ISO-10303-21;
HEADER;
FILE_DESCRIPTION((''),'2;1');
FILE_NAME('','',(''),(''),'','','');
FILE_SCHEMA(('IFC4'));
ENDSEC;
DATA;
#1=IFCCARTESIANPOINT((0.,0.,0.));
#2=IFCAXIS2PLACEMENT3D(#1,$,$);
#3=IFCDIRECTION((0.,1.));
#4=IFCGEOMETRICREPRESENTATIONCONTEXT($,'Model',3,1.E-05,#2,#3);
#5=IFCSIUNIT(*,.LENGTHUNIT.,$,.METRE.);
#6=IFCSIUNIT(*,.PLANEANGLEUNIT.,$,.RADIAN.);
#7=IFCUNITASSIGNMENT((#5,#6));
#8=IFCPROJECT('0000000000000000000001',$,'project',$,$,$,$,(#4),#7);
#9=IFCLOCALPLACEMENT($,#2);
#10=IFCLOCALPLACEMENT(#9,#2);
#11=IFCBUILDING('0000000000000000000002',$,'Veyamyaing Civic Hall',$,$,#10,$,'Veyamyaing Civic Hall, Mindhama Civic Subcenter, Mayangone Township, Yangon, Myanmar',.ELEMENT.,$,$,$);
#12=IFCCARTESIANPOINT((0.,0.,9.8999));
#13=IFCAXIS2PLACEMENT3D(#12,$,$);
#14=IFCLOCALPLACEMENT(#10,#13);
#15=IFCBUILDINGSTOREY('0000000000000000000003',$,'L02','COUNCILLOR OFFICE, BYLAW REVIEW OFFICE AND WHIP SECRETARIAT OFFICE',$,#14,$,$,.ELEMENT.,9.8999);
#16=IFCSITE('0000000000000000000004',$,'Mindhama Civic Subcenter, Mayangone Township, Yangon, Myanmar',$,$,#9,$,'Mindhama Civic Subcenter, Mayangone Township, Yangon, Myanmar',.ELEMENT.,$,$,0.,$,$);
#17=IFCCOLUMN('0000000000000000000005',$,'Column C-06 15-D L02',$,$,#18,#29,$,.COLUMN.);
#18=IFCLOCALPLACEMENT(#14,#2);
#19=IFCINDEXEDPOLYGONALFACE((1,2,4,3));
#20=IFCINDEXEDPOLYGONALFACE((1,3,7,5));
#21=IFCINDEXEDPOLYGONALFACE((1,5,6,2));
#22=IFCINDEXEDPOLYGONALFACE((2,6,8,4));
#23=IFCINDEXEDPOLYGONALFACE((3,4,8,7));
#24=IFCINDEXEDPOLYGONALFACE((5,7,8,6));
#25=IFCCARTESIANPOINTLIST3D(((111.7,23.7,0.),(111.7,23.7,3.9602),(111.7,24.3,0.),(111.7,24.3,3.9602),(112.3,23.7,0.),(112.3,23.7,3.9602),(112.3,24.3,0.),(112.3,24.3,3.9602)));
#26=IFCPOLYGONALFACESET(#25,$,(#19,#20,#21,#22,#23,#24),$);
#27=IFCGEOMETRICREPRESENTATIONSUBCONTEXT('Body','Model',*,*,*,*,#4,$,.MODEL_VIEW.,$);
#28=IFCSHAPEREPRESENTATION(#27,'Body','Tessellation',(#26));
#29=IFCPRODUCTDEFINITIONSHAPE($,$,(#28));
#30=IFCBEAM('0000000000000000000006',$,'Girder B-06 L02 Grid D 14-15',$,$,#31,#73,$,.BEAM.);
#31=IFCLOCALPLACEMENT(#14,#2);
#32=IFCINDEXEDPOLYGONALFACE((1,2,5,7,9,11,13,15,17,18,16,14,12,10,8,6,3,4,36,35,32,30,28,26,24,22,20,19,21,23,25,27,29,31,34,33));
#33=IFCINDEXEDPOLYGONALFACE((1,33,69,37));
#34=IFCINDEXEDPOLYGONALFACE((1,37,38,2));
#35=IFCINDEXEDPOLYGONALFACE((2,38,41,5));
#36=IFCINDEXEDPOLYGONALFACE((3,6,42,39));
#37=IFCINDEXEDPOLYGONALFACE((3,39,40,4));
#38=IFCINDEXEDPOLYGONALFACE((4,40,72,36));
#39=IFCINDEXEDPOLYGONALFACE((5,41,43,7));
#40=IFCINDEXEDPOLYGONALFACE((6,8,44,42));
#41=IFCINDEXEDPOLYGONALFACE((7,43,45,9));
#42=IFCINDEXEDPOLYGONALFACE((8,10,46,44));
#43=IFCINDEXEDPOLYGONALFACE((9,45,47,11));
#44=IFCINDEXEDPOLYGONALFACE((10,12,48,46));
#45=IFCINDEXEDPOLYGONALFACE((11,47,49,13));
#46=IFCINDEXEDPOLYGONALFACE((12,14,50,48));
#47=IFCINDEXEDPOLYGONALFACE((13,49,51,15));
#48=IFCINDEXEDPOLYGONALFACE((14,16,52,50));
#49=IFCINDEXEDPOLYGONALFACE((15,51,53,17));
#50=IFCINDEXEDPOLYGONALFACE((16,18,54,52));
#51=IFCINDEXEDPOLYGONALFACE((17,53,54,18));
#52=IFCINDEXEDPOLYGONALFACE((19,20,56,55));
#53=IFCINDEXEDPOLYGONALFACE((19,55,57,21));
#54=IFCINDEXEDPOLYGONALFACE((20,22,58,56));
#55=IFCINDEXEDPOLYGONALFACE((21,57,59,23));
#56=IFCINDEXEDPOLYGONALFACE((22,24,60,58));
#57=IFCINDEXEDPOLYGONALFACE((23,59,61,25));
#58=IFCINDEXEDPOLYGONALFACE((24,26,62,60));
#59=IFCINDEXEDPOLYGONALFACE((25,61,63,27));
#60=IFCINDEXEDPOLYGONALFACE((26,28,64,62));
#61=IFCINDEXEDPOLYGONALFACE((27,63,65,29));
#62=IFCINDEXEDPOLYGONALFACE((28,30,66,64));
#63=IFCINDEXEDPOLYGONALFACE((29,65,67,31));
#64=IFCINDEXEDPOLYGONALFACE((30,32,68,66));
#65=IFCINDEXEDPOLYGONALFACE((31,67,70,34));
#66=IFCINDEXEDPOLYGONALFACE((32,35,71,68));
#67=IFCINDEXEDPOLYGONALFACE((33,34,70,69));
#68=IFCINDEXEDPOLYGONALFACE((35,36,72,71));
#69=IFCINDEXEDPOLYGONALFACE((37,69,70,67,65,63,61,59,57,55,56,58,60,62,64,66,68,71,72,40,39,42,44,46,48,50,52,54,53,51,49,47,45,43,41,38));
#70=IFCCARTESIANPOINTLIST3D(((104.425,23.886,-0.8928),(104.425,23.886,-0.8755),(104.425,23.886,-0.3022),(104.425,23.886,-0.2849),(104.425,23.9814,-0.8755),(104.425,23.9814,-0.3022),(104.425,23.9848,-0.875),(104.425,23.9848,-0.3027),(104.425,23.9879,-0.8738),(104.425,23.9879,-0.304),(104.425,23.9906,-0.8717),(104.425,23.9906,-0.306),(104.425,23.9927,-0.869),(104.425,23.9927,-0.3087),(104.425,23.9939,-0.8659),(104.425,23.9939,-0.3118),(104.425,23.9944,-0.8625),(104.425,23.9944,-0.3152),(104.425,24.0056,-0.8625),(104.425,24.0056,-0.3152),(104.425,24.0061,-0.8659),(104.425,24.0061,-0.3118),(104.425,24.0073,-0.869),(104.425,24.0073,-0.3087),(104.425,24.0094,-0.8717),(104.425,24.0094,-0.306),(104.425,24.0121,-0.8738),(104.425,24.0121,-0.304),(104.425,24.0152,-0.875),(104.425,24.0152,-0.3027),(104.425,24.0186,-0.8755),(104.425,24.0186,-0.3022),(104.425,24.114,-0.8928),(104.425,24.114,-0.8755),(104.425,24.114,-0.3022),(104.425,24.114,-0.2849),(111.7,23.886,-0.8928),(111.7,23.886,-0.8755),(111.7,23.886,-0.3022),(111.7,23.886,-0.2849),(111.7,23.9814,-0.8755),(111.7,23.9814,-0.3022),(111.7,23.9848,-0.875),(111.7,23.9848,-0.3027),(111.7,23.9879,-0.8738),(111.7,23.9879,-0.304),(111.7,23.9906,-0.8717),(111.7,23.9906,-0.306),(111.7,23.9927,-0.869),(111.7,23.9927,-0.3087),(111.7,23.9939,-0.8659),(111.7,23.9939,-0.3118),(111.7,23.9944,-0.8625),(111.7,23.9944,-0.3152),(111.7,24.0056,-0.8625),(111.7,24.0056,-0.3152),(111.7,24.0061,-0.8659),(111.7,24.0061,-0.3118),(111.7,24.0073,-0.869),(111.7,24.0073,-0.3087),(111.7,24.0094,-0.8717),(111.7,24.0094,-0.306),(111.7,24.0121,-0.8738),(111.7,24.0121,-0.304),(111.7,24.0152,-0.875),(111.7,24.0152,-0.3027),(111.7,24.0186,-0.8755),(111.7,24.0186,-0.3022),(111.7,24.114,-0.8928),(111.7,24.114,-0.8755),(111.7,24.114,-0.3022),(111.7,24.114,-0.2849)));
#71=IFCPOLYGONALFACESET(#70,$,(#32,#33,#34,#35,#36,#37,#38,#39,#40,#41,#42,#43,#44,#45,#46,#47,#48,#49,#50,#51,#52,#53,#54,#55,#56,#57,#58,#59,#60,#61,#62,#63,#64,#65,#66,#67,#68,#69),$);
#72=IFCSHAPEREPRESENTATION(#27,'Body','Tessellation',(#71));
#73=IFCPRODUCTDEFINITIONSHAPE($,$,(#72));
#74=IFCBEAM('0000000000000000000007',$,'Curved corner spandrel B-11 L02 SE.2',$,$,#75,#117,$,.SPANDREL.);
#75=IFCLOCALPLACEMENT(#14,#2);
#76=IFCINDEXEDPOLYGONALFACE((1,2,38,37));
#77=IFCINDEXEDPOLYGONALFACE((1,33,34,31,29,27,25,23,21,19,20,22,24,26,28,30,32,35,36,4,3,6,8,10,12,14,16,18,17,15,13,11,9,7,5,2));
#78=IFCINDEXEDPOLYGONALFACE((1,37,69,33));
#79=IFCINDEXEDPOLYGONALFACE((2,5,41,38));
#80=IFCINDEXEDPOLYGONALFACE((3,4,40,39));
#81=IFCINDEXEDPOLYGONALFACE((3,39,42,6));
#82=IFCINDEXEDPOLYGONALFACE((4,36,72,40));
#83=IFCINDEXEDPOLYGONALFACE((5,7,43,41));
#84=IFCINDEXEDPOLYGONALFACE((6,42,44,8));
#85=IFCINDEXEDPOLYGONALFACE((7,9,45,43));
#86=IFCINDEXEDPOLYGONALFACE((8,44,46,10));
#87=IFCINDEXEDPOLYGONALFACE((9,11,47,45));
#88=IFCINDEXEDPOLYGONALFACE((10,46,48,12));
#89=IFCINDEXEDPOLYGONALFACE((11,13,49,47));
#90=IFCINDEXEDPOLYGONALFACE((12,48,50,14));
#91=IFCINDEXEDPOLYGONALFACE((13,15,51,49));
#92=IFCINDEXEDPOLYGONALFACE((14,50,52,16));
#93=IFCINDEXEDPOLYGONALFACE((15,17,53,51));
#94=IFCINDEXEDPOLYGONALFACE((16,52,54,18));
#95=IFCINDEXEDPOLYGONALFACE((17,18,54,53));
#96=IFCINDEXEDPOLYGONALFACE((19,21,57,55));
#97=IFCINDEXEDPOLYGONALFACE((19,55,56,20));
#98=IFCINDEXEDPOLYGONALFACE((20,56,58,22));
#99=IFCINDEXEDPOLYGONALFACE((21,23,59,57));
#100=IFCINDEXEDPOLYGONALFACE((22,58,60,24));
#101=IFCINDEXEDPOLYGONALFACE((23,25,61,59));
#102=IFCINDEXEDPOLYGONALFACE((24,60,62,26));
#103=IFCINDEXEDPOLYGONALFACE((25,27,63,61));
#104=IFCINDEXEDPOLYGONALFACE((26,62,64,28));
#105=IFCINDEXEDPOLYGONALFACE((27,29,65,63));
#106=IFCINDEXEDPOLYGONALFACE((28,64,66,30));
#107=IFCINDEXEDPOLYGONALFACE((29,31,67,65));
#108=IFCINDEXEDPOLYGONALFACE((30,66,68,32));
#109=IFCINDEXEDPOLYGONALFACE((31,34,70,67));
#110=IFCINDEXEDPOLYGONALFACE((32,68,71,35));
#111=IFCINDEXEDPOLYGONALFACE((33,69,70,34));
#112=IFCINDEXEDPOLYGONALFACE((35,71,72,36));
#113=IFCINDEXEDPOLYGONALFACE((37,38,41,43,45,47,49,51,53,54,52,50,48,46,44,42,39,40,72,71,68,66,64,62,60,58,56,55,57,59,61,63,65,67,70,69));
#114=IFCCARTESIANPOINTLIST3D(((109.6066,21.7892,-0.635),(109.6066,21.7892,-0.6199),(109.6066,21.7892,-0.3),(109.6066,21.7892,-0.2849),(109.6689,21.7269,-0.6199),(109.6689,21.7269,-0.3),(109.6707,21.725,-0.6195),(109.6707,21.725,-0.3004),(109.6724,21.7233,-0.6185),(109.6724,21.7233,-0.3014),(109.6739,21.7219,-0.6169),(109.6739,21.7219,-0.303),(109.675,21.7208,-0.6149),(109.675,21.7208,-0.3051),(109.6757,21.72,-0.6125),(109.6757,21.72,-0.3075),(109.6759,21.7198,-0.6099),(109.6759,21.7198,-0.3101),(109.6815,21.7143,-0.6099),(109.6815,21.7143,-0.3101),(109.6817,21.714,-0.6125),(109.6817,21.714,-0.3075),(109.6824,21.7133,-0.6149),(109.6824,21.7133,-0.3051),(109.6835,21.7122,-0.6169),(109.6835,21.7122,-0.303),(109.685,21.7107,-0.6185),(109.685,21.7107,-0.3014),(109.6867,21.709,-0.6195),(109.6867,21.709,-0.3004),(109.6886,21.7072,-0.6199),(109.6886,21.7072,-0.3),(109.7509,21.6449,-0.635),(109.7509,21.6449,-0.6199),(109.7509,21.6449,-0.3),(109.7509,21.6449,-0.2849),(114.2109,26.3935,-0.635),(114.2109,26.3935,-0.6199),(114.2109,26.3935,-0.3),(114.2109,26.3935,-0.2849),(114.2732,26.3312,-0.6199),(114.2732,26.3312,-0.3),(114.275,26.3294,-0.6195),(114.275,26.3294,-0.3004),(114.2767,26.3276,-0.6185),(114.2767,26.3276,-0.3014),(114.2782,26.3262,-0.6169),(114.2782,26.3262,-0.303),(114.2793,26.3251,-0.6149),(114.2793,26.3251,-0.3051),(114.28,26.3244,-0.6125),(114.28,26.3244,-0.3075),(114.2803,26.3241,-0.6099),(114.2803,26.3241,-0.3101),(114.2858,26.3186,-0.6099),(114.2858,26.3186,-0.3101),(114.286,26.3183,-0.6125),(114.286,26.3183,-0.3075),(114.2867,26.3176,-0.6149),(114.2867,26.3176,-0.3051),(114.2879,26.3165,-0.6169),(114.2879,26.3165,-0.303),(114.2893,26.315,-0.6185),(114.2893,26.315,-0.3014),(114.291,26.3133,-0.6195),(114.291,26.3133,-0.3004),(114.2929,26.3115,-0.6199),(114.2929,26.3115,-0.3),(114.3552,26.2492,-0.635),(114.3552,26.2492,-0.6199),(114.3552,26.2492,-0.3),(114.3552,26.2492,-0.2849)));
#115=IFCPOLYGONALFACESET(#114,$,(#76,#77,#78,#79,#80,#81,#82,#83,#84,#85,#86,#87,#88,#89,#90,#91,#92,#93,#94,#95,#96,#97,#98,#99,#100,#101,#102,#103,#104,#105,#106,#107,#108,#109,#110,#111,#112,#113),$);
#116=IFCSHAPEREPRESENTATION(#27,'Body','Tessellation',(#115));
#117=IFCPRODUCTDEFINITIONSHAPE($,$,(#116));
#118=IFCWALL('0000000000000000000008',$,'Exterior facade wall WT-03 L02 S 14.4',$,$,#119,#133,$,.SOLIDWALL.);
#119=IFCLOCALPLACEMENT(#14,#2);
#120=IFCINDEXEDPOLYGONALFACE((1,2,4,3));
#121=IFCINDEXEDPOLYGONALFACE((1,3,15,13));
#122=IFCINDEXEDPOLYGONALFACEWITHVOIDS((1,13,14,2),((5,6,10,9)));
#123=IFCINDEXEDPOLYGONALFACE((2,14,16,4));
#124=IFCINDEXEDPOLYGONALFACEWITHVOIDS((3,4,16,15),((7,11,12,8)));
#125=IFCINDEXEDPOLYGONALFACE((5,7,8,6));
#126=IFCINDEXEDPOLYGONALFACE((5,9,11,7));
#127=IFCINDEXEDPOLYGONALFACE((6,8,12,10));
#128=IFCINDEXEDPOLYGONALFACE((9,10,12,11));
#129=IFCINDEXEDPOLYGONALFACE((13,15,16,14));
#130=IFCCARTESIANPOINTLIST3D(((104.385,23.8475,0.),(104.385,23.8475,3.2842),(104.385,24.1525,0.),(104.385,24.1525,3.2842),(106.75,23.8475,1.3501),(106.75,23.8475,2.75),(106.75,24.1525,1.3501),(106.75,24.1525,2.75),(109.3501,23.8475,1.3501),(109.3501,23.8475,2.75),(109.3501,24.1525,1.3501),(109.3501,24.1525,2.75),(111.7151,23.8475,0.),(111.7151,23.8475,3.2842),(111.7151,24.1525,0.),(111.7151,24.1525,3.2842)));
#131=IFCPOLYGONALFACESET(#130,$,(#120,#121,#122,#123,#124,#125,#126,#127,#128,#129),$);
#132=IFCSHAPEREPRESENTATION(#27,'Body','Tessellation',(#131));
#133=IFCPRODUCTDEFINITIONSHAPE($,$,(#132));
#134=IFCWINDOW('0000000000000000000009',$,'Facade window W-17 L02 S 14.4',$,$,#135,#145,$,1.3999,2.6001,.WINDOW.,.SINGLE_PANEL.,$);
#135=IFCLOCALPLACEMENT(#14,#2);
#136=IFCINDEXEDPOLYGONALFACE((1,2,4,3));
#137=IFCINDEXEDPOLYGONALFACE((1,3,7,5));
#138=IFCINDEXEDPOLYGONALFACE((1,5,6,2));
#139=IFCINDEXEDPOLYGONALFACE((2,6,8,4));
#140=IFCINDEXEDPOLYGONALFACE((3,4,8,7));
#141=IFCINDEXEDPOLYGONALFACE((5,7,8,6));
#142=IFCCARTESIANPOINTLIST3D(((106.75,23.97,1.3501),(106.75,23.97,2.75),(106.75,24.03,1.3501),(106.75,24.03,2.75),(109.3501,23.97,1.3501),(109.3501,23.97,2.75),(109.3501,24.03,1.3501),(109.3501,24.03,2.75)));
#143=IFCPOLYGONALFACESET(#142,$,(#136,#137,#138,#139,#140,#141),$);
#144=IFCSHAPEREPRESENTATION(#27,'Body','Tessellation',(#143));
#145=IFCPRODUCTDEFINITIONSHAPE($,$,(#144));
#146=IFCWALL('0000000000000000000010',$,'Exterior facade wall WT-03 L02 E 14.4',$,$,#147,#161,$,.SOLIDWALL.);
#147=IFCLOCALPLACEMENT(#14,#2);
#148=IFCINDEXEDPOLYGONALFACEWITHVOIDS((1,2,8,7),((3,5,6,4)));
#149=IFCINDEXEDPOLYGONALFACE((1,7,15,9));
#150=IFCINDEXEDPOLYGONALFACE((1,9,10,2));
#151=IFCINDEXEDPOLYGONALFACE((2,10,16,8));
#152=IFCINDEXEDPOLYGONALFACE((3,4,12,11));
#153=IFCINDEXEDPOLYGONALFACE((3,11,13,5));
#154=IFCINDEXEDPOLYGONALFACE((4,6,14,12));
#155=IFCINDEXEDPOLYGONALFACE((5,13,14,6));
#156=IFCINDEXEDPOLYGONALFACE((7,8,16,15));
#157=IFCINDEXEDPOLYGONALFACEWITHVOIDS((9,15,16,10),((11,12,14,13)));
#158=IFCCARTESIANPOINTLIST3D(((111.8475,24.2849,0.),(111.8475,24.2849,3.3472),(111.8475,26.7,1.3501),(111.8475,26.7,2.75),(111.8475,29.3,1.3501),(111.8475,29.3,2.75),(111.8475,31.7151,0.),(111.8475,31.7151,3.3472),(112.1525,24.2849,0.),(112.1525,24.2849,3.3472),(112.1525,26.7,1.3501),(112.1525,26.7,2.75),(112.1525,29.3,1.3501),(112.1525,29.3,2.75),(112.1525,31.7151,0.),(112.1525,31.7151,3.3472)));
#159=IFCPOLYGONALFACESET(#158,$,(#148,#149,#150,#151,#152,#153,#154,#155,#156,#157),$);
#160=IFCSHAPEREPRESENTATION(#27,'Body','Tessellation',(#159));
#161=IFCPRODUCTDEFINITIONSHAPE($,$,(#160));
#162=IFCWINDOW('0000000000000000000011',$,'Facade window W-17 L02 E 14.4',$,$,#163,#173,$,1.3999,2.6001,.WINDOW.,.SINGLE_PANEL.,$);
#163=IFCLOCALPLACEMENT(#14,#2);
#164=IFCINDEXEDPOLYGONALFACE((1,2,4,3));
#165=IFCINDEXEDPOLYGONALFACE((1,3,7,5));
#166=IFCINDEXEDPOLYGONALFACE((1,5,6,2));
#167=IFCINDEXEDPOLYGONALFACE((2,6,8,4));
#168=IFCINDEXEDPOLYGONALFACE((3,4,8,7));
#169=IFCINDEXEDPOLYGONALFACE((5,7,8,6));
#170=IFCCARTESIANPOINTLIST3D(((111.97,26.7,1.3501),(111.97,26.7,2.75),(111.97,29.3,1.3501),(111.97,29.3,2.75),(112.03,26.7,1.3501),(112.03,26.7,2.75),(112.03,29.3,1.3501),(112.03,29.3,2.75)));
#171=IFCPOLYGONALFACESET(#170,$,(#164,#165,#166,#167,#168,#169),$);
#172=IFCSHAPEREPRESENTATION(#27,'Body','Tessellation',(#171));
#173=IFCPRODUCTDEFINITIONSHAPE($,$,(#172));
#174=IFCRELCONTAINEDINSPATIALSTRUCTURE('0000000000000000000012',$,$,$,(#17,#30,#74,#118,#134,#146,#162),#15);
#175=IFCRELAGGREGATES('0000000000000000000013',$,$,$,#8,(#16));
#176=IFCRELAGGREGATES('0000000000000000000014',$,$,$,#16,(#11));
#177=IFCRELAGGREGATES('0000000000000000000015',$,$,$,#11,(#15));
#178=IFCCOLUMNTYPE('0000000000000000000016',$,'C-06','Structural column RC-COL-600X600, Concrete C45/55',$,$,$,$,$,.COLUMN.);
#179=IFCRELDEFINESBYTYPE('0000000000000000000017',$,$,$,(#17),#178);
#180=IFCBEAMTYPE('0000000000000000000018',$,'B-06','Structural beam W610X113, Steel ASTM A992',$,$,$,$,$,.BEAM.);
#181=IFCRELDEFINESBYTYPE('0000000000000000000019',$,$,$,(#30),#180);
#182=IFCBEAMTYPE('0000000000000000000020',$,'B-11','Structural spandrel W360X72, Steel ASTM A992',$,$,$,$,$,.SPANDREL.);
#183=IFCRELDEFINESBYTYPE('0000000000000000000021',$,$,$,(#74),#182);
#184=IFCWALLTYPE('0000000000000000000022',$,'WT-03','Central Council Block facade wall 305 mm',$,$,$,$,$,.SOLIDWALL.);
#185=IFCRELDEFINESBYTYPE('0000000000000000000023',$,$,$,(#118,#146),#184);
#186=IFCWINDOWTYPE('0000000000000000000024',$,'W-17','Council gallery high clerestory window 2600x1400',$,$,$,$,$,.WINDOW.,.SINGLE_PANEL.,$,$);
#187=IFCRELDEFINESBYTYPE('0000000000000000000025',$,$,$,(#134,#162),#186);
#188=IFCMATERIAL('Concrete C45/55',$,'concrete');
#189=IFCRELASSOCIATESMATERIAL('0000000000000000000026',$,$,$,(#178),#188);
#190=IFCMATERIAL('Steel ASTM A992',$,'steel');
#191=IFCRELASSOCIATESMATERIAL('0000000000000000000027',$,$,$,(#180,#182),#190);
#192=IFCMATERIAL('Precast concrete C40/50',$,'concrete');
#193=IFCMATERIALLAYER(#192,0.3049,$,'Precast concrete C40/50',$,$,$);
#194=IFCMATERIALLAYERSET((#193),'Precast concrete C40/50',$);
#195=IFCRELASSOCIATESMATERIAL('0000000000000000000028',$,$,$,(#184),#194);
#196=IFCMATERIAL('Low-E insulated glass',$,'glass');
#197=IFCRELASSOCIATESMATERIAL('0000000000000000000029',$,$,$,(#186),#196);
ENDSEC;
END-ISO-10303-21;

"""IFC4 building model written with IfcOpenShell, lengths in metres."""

from ifc_helpers import new_model, si_unit, direction, frame, frame_2d, origin, origin_2d, place, context, subcontext, project, spatial, rectangle, i_section, extrude, material, layer, layer_set, material_profile, profile_set, type_object, element, fill, save


model = new_model("IFC4")

# Units and contexts
model_context = context("Model", 3, precision=1e-05, world=origin(), true_north=direction((0.0, 1.0)))
body_context = subcontext(model_context, "Body", "Model", "MODEL_VIEW")
ifc_project = project(units=[si_unit("LENGTHUNIT", "METRE"), si_unit("PLANEANGLEUNIT", "RADIAN")], contexts=[model_context])

# Site, building, storey
site_placement = place(None, origin())
site = spatial("IfcSite", under=ifc_project, at=site_placement, Name="Mindhama Civic Subcenter, Mayangone Township, Yangon, Myanmar", LongName="Mindhama Civic Subcenter, Mayangone Township, Yangon, Myanmar", CompositionType="ELEMENT", RefElevation=0.0)
building_placement = place(site_placement, origin())
building = spatial("IfcBuilding", under=site, at=building_placement, Name="Veyamyaing Civic Hall", LongName="Veyamyaing Civic Hall, Mindhama Civic Subcenter, Mayangone Township, Yangon, Myanmar", CompositionType="ELEMENT")
storey_placement = place(building_placement, frame((0.0, 0.0, 9.8999)))
storey = spatial("IfcBuildingStorey", under=building, at=storey_placement, Name="L02", Description="COUNCILLOR OFFICE, BYLAW REVIEW OFFICE AND WHIP SECRETARIAT OFFICE", CompositionType="ELEMENT", Elevation=9.8999)

# Column
ifc_material_1 = material(Name="Concrete C45/55", Category="concrete")
ifc_material_profile_1 = material_profile(ifc_material_1, rectangle(XDim=0.6001, YDim=0.6001, at=origin_2d()), Name="RC-COL-600X600")
ifc_profile_set_1 = profile_set([ifc_material_profile_1], Name="Concrete C45/55")
column_type = type_object("IfcColumnType", Name="C-06", Description="Structural column RC-COL-600X600, Concrete C45/55", PredefinedType="COLUMN", material=ifc_profile_set_1)
column_placement = place(storey_placement, frame((112.0, 24.0, 0.0), z_axis=(0.0, 0.0, 1.0), x_axis=(1.0, 0.0, 0.0)))
element("IfcColumn", 1, at=column_placement, inside=storey, type_object=column_type, Name="Column C-06 15-D L02", PredefinedType="COLUMN", context=body_context, shape_type="SweptSolid", body=[
    extrude(rectangle(XDim=0.6001, YDim=0.6001, at=origin_2d()), origin(), (0.0, 0.0, 1.0), 3.9602),
])

# Beams
ifc_material_2 = material(Name="Steel ASTM A992", Category="steel")
ifc_material_profile_2 = material_profile(ifc_material_2, i_section(OverallWidth=0.228, OverallDepth=0.6079, WebThickness=0.0112, FlangeThickness=0.0173, FilletRadius=0.0129, at=origin_2d()), Name="W610X113")
ifc_profile_set_2 = profile_set([ifc_material_profile_2], Name="Steel ASTM A992")
beam_type_1 = type_object("IfcBeamType", Name="B-06", Description="Structural beam W610X113, Steel ASTM A992", PredefinedType="BEAM", material=ifc_profile_set_2)
beam_1_placement = place(storey_placement, frame((104.425, 24.0, -0.5889), z_axis=(1.0, 0.0, 0.0), x_axis=(0.0, 1.0, 0.0)))
element("IfcBeam", 2, at=beam_1_placement, inside=storey, type_object=beam_type_1, Name="Girder B-06 L02 Grid D 14-15", PredefinedType="BEAM", context=body_context, shape_type="SweptSolid", body=[
    extrude(i_section(OverallWidth=0.228, OverallDepth=0.6079, WebThickness=0.0112, FlangeThickness=0.0173, FilletRadius=0.0129, at=origin_2d()), origin(), (0.0, 0.0, 1.0), 7.2749),
])
ifc_material_profile_3 = material_profile(ifc_material_2, i_section(OverallWidth=0.2041, OverallDepth=0.3501, WebThickness=0.0078, FlangeThickness=0.0151, FilletRadius=0.01, at=origin_2d()), Name="W360X72")
ifc_profile_set_3 = profile_set([ifc_material_profile_3], Name="Steel ASTM A992")
beam_type_2 = type_object("IfcBeamType", Name="B-11", Description="Structural spandrel W360X72, Steel ASTM A992", PredefinedType="SPANDREL", material=ifc_profile_set_3)
beam_2_placement = place(storey_placement, frame((109.6787, 21.717, -0.46), z_axis=(0.707107, 0.707107, 0.0), x_axis=(-0.707107, 0.707107, 0.0)))
element("IfcBeam", 3, at=beam_2_placement, inside=storey, type_object=beam_type_2, Name="Curved corner spandrel B-11 L02 SE.2", PredefinedType="SPANDREL", context=body_context, shape_type="SweptSolid", body=[
    extrude(i_section(OverallWidth=0.2041, OverallDepth=0.3501, WebThickness=0.0078, FlangeThickness=0.0151, FilletRadius=0.01, at=origin_2d()), origin(), (0.0, 0.0, 1.0), 6.5115),
])

# Walls, openings, windows
ifc_material_3 = material(Name="Precast concrete C40/50", Category="concrete")
ifc_layer_1 = layer(ifc_material_3, 0.3049, Name="Precast concrete C40/50")
ifc_layer_set_1 = layer_set([ifc_layer_1], Name="Precast concrete C40/50")
wall_type = type_object("IfcWallType", Name="WT-03", Description="Central Council Block facade wall 305 mm", PredefinedType="SOLIDWALL", material=ifc_layer_set_1)
wall_1_placement = place(storey_placement, frame((104.385, 24.0, 0.0), z_axis=(0.0, 0.0, 1.0), x_axis=(1.0, 0.0, 0.0)))
wall_1 = element("IfcWall", 4, at=wall_1_placement, inside=storey, type_object=wall_type, Name="Exterior facade wall WT-03 L02 S 14.4", PredefinedType="SOLIDWALL", context=body_context, shape_type="SweptSolid", body=[
    extrude(rectangle(XDim=7.3301, YDim=0.3049, at=frame_2d((3.665, 0.0))), origin(), (0.0, 0.0, 1.0), 3.2842),
])
opening_1_placement = place(wall_1_placement, frame((2.365, 0.0, 1.3501)))
opening_1 = element("IfcOpeningElement", 5, at=opening_1_placement, cuts=wall_1, PredefinedType="OPENING", context=body_context, shape_type="SweptSolid", body=[
    extrude(rectangle(XDim=2.6001, YDim=1.3999, at=frame_2d((1.3, 0.7))), frame((0.0, 0.1624, 0.0), z_axis=(0.0, -1.0, 0.0), x_axis=(1.0, 0.0, 0.0)), (0.0, 0.0, 1.0), 0.325),
])
ifc_material_4 = material(Name="Low-E insulated glass", Category="glass")
window_type = type_object("IfcWindowType", Name="W-17", Description="Council gallery high clerestory window 2600x1400", PartitioningType="SINGLE_PANEL", PredefinedType="WINDOW", material=ifc_material_4)
window_1_placement = place(opening_1_placement, origin())
window_1 = element("IfcWindow", 6, at=window_1_placement, inside=storey, type_object=window_type, Name="Facade window W-17 L02 S 14.4", OverallHeight=1.3999, OverallWidth=2.6001, PartitioningType="SINGLE_PANEL", PredefinedType="WINDOW", context=body_context, shape_type="SweptSolid", body=[
    extrude(rectangle(XDim=2.6001, YDim=1.3999, at=frame_2d((1.3, 0.7))), frame((0.0, 0.03, 0.0), z_axis=(0.0, -1.0, 0.0), x_axis=(1.0, 0.0, 0.0)), (0.0, 0.0, 1.0), 0.0601),
])
fill(opening_1, window_1)
wall_2_placement = place(storey_placement, frame((112.0, 24.2849, 0.0), z_axis=(0.0, 0.0, 1.0), x_axis=(0.0, 1.0, 0.0)))
wall_2 = element("IfcWall", 7, at=wall_2_placement, inside=storey, type_object=wall_type, Name="Exterior facade wall WT-03 L02 E 14.4", PredefinedType="SOLIDWALL", context=body_context, shape_type="SweptSolid", body=[
    extrude(rectangle(XDim=7.4302, YDim=0.3049, at=frame_2d((3.7151, 0.0))), origin(), (0.0, 0.0, 1.0), 3.3472),
])
opening_2_placement = place(wall_2_placement, frame((2.415, 0.0, 1.3501)))
opening_2 = element("IfcOpeningElement", 8, at=opening_2_placement, cuts=wall_2, PredefinedType="OPENING", context=body_context, shape_type="SweptSolid", body=[
    extrude(rectangle(XDim=2.6001, YDim=1.3999, at=frame_2d((1.3, 0.7))), frame((0.0, 0.1624, 0.0), z_axis=(0.0, -1.0, 0.0), x_axis=(1.0, 0.0, 0.0)), (0.0, 0.0, 1.0), 0.325),
])
window_2_placement = place(opening_2_placement, origin())
window_2 = element("IfcWindow", 9, at=window_2_placement, inside=storey, type_object=window_type, Name="Facade window W-17 L02 E 14.4", OverallHeight=1.3999, OverallWidth=2.6001, PartitioningType="SINGLE_PANEL", PredefinedType="WINDOW", context=body_context, shape_type="SweptSolid", body=[
    extrude(rectangle(XDim=2.6001, YDim=1.3999, at=frame_2d((1.3, 0.7))), frame((0.0, 0.03, 0.0), z_axis=(0.0, -1.0, 0.0), x_axis=(1.0, 0.0, 0.0)), (0.0, 0.0, 1.0), 0.0601),
])
fill(opening_2, window_2)

save(model, "model.ifc")
